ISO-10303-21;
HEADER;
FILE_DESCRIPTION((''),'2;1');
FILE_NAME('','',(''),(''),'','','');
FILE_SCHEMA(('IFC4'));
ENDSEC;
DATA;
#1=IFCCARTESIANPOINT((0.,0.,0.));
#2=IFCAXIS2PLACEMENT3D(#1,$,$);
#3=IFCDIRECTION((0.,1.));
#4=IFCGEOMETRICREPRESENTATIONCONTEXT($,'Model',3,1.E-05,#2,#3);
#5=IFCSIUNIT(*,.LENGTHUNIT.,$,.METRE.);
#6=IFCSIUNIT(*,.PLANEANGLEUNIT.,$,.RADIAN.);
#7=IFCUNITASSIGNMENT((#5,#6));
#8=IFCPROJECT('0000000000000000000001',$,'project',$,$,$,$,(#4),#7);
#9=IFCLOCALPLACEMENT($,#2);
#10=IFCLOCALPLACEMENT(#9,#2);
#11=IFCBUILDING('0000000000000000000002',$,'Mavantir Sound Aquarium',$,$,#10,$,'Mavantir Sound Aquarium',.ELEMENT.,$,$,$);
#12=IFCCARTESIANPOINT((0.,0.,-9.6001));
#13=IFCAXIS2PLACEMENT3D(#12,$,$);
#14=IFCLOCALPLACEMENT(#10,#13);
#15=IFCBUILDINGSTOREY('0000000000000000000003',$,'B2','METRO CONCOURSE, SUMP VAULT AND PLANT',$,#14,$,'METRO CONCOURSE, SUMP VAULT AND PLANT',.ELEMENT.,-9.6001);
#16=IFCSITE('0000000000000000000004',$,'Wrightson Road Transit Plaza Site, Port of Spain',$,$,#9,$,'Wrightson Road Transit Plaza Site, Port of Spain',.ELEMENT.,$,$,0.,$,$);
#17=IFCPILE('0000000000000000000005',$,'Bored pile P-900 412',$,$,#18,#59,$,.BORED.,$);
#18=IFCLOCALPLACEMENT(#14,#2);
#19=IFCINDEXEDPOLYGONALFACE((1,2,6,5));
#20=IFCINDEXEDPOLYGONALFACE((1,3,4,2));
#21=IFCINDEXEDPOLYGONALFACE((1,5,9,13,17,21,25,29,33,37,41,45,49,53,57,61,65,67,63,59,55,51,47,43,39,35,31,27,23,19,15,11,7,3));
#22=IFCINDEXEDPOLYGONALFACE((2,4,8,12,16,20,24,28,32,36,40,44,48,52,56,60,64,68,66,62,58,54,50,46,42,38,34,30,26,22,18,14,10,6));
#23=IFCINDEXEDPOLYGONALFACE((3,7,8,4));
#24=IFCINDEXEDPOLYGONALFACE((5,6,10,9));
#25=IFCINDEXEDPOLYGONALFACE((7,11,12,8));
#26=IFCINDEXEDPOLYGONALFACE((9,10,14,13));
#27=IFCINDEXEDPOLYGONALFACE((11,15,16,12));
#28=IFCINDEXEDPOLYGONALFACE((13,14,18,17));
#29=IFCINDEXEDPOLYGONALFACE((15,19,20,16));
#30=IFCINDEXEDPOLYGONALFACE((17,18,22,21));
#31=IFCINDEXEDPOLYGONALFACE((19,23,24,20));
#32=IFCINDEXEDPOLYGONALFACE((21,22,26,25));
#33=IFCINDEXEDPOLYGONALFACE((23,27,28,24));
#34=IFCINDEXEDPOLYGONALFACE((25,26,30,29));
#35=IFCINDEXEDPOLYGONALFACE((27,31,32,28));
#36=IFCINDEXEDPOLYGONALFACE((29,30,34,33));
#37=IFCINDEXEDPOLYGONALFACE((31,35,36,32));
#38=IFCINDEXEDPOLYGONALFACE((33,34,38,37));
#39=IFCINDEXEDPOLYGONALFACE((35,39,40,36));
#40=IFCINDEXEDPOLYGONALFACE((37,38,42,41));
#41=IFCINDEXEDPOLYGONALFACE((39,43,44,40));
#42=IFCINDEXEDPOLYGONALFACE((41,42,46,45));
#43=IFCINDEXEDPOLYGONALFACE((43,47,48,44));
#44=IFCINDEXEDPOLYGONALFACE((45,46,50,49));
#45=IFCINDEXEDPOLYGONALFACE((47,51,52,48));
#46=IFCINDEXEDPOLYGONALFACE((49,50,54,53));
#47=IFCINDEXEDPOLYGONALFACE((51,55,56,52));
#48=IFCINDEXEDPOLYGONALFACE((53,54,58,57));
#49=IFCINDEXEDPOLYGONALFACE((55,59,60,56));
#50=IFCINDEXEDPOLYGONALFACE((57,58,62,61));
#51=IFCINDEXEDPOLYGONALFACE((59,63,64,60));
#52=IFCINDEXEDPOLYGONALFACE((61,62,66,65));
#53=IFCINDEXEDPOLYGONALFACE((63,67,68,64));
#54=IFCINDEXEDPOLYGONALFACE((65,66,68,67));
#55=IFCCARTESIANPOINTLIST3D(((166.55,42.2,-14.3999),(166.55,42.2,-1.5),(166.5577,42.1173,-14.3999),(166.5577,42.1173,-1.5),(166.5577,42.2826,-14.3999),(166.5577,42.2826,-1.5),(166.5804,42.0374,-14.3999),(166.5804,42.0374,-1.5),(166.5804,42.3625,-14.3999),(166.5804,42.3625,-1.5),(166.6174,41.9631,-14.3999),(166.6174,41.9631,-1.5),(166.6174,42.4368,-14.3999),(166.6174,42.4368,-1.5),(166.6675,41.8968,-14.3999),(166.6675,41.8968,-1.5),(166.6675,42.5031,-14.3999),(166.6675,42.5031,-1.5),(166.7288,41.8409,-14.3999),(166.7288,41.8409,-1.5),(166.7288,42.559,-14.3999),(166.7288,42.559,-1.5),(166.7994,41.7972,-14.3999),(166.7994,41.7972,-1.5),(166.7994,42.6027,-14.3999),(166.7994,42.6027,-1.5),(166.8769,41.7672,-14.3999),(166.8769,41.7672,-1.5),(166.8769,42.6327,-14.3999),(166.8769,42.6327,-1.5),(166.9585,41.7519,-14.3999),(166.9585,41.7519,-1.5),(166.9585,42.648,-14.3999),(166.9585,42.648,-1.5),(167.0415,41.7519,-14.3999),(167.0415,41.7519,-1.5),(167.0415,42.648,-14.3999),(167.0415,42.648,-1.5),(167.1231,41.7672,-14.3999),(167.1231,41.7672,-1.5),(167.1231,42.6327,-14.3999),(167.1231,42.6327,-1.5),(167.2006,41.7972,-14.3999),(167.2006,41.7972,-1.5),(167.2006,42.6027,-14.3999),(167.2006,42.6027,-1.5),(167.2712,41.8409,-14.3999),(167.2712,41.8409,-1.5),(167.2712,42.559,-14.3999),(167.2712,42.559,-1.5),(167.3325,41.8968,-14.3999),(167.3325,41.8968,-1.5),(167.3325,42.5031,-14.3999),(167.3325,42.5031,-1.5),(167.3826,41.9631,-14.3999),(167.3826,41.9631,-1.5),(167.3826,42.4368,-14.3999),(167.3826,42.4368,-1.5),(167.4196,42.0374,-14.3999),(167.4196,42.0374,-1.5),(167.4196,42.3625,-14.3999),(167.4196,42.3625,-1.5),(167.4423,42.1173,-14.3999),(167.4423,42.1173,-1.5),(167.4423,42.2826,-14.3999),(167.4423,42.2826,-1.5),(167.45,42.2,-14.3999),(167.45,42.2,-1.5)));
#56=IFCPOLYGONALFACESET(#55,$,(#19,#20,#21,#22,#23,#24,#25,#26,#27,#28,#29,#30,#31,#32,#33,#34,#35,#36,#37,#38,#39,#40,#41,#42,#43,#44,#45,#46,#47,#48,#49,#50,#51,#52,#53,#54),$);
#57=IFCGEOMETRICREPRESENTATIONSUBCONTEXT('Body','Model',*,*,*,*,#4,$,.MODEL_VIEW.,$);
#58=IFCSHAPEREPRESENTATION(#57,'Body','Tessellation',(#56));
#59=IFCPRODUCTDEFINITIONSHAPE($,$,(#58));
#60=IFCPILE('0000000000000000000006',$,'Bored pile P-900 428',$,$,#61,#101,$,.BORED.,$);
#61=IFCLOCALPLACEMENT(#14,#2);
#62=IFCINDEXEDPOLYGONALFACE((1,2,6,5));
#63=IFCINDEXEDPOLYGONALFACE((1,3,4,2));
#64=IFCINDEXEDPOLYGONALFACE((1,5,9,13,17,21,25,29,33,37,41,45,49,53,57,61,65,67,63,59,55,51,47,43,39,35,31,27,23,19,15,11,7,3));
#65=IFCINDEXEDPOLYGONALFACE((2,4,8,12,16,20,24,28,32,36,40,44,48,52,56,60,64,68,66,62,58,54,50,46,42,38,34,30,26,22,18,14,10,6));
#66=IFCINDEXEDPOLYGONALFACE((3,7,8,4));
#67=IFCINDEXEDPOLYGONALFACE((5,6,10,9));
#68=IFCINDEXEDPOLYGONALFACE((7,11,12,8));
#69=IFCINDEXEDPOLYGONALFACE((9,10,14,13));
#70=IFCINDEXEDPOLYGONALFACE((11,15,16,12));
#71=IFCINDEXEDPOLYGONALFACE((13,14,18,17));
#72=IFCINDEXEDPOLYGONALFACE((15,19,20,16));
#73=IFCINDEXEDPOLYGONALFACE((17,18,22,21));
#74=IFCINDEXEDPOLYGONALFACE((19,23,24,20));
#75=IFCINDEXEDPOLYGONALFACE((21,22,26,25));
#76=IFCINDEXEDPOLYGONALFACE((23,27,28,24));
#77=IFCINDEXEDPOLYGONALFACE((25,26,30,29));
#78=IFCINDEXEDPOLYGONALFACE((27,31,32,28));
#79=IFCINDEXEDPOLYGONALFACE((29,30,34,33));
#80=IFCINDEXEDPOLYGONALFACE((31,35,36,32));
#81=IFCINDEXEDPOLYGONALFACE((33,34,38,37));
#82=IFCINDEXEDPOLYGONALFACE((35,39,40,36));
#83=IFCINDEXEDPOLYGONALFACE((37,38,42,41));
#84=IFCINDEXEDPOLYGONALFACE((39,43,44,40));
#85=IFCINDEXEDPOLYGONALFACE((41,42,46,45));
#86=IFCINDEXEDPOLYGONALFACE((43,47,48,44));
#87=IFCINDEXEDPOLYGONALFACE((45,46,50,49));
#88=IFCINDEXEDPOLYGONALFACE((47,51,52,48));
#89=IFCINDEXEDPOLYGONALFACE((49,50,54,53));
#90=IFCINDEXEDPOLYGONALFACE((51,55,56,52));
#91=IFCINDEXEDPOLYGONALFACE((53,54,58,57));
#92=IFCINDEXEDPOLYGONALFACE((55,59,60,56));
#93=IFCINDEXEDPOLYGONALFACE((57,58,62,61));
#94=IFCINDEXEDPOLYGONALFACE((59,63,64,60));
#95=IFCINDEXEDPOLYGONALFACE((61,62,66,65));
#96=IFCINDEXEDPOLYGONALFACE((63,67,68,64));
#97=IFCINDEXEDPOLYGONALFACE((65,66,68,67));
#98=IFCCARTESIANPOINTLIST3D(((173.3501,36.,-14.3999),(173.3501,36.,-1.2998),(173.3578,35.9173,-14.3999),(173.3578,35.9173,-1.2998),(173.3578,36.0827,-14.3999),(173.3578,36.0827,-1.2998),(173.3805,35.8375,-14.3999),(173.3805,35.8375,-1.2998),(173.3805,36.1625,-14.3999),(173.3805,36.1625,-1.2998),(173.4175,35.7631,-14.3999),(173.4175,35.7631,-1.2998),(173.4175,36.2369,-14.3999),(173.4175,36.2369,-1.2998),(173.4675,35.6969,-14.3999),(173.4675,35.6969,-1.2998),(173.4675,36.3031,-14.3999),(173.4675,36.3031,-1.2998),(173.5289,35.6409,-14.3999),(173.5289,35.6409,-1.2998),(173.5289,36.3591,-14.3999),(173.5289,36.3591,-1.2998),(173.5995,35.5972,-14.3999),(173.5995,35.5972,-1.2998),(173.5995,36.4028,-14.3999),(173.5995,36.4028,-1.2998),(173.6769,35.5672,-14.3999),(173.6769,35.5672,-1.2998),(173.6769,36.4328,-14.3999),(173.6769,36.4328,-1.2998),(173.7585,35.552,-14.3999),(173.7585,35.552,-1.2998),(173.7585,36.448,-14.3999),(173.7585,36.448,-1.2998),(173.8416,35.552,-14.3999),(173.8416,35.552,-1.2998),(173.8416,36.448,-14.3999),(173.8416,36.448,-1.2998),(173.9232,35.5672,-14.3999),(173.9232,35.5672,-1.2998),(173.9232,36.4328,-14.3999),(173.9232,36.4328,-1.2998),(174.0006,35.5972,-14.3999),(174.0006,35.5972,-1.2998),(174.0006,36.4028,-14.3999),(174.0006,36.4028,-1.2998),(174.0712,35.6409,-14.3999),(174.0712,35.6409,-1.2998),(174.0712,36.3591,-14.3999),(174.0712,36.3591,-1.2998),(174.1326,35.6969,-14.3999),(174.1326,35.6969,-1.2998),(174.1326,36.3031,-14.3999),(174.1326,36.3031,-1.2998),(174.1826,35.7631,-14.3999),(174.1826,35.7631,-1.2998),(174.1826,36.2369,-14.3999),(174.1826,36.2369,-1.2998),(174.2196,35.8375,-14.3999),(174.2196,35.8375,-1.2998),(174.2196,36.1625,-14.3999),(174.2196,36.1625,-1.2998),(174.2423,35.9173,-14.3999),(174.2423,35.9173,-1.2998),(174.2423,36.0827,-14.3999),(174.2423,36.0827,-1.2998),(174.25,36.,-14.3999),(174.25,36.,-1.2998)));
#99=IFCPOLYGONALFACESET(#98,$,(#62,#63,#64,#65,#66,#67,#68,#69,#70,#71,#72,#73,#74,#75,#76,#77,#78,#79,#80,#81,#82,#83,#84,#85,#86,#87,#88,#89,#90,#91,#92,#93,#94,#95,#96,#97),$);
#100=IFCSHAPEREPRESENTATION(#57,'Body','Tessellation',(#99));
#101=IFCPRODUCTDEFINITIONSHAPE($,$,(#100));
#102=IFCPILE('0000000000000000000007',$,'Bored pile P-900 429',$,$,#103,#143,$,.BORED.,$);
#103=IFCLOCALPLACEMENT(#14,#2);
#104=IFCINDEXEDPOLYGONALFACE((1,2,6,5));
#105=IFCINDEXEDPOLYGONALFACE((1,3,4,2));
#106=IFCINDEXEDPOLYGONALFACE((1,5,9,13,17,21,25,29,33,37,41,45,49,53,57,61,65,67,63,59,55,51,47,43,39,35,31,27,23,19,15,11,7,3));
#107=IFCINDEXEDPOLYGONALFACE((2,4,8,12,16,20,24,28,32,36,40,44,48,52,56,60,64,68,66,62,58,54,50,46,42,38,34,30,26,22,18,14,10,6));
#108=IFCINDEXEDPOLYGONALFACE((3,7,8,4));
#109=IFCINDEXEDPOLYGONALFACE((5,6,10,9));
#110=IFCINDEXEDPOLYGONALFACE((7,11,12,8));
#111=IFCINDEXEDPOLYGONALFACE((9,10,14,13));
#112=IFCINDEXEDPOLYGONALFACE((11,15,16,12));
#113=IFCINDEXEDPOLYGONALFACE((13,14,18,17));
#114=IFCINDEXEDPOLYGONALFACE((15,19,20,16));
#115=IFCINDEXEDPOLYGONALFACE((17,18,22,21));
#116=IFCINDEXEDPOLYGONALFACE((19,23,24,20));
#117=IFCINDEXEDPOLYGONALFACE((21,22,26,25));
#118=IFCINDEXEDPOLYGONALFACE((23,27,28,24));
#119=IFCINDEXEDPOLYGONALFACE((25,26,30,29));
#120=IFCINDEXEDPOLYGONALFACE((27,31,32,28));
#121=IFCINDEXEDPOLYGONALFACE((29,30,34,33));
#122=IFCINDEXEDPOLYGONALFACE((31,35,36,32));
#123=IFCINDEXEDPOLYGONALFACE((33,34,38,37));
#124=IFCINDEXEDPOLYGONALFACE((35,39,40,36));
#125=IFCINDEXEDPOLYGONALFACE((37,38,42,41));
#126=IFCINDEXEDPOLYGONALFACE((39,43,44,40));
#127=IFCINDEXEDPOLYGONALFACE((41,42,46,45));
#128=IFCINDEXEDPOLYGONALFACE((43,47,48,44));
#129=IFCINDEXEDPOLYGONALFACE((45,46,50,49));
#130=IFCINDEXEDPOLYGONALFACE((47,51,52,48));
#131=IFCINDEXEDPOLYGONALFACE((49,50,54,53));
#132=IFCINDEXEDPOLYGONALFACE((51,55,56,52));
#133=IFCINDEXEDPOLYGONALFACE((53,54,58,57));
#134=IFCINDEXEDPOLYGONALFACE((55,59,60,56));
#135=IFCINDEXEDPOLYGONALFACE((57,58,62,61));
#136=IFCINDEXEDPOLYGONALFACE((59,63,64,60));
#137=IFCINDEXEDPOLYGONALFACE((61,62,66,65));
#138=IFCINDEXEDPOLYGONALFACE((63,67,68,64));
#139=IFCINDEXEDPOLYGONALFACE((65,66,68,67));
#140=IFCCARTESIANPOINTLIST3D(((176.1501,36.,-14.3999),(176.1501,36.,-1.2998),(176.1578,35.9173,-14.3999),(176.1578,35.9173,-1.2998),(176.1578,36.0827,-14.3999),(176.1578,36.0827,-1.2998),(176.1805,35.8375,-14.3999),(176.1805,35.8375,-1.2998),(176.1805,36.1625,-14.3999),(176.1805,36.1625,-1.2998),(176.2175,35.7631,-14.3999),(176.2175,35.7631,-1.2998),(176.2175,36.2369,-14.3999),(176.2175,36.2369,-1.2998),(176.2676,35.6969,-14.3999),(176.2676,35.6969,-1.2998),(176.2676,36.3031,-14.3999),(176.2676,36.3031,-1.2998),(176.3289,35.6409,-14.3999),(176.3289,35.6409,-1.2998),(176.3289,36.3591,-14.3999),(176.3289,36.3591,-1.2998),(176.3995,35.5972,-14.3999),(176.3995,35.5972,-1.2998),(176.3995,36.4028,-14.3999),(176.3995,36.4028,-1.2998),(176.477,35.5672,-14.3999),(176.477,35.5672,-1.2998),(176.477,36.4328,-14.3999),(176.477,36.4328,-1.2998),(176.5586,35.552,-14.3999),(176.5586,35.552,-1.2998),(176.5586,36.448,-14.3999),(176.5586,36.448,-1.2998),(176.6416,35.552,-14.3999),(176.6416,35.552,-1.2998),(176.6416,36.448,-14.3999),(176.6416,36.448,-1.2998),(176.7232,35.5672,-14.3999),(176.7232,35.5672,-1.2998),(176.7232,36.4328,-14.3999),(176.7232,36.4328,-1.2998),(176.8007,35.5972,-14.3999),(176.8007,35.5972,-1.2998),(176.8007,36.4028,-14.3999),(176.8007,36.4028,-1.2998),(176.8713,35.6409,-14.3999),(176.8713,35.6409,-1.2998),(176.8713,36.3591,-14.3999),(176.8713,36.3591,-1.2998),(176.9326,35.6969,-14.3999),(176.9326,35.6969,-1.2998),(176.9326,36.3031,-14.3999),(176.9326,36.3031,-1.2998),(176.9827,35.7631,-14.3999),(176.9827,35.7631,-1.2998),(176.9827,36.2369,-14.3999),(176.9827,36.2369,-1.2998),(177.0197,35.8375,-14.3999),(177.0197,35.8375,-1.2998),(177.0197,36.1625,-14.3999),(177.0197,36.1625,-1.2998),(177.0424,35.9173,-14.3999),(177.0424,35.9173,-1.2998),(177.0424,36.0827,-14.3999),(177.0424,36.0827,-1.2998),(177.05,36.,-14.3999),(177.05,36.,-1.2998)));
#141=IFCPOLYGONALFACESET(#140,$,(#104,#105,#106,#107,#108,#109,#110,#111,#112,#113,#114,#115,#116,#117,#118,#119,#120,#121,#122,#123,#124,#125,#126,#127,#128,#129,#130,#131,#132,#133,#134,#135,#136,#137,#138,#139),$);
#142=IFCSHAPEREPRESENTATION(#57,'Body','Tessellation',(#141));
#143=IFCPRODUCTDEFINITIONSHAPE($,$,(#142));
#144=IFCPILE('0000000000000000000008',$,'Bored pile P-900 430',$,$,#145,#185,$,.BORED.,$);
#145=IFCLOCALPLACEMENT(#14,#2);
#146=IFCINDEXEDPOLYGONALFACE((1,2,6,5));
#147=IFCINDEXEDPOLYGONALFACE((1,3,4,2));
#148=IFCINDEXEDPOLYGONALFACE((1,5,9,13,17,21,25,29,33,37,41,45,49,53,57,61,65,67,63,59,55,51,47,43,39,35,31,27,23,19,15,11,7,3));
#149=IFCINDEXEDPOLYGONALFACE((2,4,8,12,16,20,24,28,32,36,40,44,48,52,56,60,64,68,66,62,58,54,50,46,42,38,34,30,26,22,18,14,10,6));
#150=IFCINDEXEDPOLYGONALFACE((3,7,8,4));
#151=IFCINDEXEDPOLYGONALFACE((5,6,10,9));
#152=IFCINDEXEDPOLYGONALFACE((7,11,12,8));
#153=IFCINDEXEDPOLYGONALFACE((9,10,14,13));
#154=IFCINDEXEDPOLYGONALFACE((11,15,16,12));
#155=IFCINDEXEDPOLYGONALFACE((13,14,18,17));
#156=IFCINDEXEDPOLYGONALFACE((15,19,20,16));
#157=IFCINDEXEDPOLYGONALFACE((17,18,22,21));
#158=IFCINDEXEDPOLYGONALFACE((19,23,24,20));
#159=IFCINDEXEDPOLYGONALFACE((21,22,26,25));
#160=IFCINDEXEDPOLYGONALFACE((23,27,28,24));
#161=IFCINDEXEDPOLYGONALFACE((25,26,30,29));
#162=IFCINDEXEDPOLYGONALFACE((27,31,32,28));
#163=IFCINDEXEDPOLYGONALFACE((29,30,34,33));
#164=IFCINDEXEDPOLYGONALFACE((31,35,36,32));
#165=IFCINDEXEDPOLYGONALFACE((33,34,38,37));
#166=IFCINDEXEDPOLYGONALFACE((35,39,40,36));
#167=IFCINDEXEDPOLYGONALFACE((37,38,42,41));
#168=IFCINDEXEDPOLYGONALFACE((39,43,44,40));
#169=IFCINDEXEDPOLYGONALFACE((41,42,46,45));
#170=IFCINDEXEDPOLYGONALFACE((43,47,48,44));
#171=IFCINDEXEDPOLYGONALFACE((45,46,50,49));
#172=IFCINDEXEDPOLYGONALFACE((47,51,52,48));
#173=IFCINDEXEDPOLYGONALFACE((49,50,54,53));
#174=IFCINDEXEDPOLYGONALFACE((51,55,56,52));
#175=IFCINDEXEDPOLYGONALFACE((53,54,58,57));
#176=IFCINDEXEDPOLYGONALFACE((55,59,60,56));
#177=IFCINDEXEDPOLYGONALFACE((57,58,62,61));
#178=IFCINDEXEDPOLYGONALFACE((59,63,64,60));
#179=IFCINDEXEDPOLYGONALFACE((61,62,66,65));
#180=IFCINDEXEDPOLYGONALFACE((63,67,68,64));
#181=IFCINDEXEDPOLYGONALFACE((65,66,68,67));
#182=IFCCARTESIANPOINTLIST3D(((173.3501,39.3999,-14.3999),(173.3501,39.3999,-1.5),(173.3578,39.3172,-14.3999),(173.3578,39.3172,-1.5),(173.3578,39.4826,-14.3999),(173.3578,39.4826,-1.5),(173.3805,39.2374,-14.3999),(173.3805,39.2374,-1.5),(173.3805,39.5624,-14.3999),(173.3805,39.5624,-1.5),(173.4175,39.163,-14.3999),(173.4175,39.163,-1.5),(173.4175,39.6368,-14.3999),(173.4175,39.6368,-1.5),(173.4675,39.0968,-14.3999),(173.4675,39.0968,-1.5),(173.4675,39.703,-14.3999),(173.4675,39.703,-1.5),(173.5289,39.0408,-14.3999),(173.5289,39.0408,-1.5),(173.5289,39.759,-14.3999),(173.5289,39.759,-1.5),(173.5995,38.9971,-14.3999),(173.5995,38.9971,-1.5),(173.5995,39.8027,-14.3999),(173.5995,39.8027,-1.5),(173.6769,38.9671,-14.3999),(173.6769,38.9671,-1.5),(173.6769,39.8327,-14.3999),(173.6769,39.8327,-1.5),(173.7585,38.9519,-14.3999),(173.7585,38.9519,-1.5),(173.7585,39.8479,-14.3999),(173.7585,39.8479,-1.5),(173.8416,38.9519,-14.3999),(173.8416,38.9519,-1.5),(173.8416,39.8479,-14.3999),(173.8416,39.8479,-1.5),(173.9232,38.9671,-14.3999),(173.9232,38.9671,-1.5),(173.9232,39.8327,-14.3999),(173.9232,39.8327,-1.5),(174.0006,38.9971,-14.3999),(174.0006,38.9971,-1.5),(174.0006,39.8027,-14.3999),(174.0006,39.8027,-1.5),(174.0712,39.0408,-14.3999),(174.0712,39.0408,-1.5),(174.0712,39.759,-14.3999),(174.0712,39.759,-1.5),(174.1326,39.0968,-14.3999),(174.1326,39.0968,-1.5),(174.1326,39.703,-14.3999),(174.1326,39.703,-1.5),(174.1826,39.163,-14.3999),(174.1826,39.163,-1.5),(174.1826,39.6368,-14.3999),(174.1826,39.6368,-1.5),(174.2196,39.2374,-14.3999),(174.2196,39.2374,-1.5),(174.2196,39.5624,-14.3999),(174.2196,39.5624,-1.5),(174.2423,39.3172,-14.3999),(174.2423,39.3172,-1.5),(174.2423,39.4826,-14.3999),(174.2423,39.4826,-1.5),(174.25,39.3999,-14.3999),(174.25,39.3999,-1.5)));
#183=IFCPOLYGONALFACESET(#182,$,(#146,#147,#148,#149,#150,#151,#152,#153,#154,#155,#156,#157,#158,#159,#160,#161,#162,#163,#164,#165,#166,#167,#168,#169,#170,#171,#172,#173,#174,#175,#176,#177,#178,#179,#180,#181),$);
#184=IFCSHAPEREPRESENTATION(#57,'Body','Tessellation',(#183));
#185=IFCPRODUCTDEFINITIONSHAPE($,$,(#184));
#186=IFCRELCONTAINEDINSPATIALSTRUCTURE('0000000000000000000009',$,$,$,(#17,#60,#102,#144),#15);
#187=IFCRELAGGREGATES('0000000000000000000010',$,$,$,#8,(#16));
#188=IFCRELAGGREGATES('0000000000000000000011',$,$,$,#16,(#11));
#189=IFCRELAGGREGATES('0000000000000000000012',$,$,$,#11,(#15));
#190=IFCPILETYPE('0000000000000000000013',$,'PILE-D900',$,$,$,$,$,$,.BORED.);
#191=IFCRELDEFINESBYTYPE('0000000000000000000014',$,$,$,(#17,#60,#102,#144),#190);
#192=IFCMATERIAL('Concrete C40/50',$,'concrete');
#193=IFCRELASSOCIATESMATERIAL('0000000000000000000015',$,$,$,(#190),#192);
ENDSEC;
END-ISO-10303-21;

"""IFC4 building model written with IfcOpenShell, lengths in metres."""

from ifc_helpers import new_model, si_unit, direction, frame, origin, origin_2d, place, context, subcontext, project, spatial, circle, extrude, material, material_profile, profile_set, type_object, element, save


model = new_model("IFC4")

# Units and contexts
model_context = context("Model", 3, precision=1e-05, world=origin(), true_north=direction((0.0, 1.0)))
body_context = subcontext(model_context, "Body", "Model", "MODEL_VIEW")
ifc_project = project(units=[si_unit("LENGTHUNIT", "METRE"), si_unit("PLANEANGLEUNIT", "RADIAN")], contexts=[model_context])

# Site, building, storey
site_placement = place(None, origin())
site = spatial("IfcSite", under=ifc_project, at=site_placement, Name="Wrightson Road Transit Plaza Site, Port of Spain", LongName="Wrightson Road Transit Plaza Site, Port of Spain", CompositionType="ELEMENT", RefElevation=0.0)
building_placement = place(site_placement, origin())
building = spatial("IfcBuilding", under=site, at=building_placement, Name="Mavantir Sound Aquarium", LongName="Mavantir Sound Aquarium", CompositionType="ELEMENT")
storey_placement = place(building_placement, frame((0.0, 0.0, -9.6001)))
storey = spatial("IfcBuildingStorey", under=building, at=storey_placement, Name="B2", Description="METRO CONCOURSE, SUMP VAULT AND PLANT", LongName="METRO CONCOURSE, SUMP VAULT AND PLANT", CompositionType="ELEMENT", Elevation=-9.6001)

# Shared definitions
ifc_material_1 = material(Name="Concrete C40/50", Category="concrete")

# Piles
ifc_material_profile_1 = material_profile(ifc_material_1, circle(Radius=0.45, at=origin_2d()), Name="PILE D900")
ifc_profile_set_1 = profile_set([ifc_material_profile_1], Name="Concrete C40/50")
pile_type = type_object("IfcPileType", Name="PILE-D900", PredefinedType="BORED", material=ifc_profile_set_1)
for number, where, z_axis, x_axis, name in (
    (1, (167.0, 42.2, -1.5), (0.0, 0.0, -1.0), (1.0, 0.0, 0.0), "Bored pile P-900 412"),
):
    element("IfcPile", number, at=place(storey_placement, frame(where, z_axis=z_axis, x_axis=x_axis)), inside=storey, type_object=pile_type, Name=name, PredefinedType="BORED", context=body_context, shape_type="SweptSolid", body=[
        extrude(circle(Radius=0.45, at=origin_2d()), origin(), (0.0, 0.0, 1.0), 12.8999),
    ])
for number, where, z_axis, x_axis, name in (
    (2, (173.8, 36.0, -1.2998), (0.0, 0.0, -1.0), (1.0, 0.0, 0.0), "Bored pile P-900 428"),
    (3, (176.6001, 36.0, -1.2998), (0.0, 0.0, -1.0), (1.0, 0.0, 0.0), "Bored pile P-900 429"),
):
    element("IfcPile", number, at=place(storey_placement, frame(where, z_axis=z_axis, x_axis=x_axis)), inside=storey, type_object=pile_type, Name=name, PredefinedType="BORED", context=body_context, shape_type="SweptSolid", body=[
        extrude(circle(Radius=0.45, at=origin_2d()), origin(), (0.0, 0.0, 1.0), 13.1001),
    ])
for number, where, z_axis, x_axis, name in (
    (4, (173.8, 39.3999, -1.5), (0.0, 0.0, -1.0), (1.0, 0.0, 0.0), "Bored pile P-900 430"),
):
    element("IfcPile", number, at=place(storey_placement, frame(where, z_axis=z_axis, x_axis=x_axis)), inside=storey, type_object=pile_type, Name=name, PredefinedType="BORED", context=body_context, shape_type="SweptSolid", body=[
        extrude(circle(Radius=0.45, at=origin_2d()), origin(), (0.0, 0.0, 1.0), 12.8999),
    ])

save(model, "model.ifc")
